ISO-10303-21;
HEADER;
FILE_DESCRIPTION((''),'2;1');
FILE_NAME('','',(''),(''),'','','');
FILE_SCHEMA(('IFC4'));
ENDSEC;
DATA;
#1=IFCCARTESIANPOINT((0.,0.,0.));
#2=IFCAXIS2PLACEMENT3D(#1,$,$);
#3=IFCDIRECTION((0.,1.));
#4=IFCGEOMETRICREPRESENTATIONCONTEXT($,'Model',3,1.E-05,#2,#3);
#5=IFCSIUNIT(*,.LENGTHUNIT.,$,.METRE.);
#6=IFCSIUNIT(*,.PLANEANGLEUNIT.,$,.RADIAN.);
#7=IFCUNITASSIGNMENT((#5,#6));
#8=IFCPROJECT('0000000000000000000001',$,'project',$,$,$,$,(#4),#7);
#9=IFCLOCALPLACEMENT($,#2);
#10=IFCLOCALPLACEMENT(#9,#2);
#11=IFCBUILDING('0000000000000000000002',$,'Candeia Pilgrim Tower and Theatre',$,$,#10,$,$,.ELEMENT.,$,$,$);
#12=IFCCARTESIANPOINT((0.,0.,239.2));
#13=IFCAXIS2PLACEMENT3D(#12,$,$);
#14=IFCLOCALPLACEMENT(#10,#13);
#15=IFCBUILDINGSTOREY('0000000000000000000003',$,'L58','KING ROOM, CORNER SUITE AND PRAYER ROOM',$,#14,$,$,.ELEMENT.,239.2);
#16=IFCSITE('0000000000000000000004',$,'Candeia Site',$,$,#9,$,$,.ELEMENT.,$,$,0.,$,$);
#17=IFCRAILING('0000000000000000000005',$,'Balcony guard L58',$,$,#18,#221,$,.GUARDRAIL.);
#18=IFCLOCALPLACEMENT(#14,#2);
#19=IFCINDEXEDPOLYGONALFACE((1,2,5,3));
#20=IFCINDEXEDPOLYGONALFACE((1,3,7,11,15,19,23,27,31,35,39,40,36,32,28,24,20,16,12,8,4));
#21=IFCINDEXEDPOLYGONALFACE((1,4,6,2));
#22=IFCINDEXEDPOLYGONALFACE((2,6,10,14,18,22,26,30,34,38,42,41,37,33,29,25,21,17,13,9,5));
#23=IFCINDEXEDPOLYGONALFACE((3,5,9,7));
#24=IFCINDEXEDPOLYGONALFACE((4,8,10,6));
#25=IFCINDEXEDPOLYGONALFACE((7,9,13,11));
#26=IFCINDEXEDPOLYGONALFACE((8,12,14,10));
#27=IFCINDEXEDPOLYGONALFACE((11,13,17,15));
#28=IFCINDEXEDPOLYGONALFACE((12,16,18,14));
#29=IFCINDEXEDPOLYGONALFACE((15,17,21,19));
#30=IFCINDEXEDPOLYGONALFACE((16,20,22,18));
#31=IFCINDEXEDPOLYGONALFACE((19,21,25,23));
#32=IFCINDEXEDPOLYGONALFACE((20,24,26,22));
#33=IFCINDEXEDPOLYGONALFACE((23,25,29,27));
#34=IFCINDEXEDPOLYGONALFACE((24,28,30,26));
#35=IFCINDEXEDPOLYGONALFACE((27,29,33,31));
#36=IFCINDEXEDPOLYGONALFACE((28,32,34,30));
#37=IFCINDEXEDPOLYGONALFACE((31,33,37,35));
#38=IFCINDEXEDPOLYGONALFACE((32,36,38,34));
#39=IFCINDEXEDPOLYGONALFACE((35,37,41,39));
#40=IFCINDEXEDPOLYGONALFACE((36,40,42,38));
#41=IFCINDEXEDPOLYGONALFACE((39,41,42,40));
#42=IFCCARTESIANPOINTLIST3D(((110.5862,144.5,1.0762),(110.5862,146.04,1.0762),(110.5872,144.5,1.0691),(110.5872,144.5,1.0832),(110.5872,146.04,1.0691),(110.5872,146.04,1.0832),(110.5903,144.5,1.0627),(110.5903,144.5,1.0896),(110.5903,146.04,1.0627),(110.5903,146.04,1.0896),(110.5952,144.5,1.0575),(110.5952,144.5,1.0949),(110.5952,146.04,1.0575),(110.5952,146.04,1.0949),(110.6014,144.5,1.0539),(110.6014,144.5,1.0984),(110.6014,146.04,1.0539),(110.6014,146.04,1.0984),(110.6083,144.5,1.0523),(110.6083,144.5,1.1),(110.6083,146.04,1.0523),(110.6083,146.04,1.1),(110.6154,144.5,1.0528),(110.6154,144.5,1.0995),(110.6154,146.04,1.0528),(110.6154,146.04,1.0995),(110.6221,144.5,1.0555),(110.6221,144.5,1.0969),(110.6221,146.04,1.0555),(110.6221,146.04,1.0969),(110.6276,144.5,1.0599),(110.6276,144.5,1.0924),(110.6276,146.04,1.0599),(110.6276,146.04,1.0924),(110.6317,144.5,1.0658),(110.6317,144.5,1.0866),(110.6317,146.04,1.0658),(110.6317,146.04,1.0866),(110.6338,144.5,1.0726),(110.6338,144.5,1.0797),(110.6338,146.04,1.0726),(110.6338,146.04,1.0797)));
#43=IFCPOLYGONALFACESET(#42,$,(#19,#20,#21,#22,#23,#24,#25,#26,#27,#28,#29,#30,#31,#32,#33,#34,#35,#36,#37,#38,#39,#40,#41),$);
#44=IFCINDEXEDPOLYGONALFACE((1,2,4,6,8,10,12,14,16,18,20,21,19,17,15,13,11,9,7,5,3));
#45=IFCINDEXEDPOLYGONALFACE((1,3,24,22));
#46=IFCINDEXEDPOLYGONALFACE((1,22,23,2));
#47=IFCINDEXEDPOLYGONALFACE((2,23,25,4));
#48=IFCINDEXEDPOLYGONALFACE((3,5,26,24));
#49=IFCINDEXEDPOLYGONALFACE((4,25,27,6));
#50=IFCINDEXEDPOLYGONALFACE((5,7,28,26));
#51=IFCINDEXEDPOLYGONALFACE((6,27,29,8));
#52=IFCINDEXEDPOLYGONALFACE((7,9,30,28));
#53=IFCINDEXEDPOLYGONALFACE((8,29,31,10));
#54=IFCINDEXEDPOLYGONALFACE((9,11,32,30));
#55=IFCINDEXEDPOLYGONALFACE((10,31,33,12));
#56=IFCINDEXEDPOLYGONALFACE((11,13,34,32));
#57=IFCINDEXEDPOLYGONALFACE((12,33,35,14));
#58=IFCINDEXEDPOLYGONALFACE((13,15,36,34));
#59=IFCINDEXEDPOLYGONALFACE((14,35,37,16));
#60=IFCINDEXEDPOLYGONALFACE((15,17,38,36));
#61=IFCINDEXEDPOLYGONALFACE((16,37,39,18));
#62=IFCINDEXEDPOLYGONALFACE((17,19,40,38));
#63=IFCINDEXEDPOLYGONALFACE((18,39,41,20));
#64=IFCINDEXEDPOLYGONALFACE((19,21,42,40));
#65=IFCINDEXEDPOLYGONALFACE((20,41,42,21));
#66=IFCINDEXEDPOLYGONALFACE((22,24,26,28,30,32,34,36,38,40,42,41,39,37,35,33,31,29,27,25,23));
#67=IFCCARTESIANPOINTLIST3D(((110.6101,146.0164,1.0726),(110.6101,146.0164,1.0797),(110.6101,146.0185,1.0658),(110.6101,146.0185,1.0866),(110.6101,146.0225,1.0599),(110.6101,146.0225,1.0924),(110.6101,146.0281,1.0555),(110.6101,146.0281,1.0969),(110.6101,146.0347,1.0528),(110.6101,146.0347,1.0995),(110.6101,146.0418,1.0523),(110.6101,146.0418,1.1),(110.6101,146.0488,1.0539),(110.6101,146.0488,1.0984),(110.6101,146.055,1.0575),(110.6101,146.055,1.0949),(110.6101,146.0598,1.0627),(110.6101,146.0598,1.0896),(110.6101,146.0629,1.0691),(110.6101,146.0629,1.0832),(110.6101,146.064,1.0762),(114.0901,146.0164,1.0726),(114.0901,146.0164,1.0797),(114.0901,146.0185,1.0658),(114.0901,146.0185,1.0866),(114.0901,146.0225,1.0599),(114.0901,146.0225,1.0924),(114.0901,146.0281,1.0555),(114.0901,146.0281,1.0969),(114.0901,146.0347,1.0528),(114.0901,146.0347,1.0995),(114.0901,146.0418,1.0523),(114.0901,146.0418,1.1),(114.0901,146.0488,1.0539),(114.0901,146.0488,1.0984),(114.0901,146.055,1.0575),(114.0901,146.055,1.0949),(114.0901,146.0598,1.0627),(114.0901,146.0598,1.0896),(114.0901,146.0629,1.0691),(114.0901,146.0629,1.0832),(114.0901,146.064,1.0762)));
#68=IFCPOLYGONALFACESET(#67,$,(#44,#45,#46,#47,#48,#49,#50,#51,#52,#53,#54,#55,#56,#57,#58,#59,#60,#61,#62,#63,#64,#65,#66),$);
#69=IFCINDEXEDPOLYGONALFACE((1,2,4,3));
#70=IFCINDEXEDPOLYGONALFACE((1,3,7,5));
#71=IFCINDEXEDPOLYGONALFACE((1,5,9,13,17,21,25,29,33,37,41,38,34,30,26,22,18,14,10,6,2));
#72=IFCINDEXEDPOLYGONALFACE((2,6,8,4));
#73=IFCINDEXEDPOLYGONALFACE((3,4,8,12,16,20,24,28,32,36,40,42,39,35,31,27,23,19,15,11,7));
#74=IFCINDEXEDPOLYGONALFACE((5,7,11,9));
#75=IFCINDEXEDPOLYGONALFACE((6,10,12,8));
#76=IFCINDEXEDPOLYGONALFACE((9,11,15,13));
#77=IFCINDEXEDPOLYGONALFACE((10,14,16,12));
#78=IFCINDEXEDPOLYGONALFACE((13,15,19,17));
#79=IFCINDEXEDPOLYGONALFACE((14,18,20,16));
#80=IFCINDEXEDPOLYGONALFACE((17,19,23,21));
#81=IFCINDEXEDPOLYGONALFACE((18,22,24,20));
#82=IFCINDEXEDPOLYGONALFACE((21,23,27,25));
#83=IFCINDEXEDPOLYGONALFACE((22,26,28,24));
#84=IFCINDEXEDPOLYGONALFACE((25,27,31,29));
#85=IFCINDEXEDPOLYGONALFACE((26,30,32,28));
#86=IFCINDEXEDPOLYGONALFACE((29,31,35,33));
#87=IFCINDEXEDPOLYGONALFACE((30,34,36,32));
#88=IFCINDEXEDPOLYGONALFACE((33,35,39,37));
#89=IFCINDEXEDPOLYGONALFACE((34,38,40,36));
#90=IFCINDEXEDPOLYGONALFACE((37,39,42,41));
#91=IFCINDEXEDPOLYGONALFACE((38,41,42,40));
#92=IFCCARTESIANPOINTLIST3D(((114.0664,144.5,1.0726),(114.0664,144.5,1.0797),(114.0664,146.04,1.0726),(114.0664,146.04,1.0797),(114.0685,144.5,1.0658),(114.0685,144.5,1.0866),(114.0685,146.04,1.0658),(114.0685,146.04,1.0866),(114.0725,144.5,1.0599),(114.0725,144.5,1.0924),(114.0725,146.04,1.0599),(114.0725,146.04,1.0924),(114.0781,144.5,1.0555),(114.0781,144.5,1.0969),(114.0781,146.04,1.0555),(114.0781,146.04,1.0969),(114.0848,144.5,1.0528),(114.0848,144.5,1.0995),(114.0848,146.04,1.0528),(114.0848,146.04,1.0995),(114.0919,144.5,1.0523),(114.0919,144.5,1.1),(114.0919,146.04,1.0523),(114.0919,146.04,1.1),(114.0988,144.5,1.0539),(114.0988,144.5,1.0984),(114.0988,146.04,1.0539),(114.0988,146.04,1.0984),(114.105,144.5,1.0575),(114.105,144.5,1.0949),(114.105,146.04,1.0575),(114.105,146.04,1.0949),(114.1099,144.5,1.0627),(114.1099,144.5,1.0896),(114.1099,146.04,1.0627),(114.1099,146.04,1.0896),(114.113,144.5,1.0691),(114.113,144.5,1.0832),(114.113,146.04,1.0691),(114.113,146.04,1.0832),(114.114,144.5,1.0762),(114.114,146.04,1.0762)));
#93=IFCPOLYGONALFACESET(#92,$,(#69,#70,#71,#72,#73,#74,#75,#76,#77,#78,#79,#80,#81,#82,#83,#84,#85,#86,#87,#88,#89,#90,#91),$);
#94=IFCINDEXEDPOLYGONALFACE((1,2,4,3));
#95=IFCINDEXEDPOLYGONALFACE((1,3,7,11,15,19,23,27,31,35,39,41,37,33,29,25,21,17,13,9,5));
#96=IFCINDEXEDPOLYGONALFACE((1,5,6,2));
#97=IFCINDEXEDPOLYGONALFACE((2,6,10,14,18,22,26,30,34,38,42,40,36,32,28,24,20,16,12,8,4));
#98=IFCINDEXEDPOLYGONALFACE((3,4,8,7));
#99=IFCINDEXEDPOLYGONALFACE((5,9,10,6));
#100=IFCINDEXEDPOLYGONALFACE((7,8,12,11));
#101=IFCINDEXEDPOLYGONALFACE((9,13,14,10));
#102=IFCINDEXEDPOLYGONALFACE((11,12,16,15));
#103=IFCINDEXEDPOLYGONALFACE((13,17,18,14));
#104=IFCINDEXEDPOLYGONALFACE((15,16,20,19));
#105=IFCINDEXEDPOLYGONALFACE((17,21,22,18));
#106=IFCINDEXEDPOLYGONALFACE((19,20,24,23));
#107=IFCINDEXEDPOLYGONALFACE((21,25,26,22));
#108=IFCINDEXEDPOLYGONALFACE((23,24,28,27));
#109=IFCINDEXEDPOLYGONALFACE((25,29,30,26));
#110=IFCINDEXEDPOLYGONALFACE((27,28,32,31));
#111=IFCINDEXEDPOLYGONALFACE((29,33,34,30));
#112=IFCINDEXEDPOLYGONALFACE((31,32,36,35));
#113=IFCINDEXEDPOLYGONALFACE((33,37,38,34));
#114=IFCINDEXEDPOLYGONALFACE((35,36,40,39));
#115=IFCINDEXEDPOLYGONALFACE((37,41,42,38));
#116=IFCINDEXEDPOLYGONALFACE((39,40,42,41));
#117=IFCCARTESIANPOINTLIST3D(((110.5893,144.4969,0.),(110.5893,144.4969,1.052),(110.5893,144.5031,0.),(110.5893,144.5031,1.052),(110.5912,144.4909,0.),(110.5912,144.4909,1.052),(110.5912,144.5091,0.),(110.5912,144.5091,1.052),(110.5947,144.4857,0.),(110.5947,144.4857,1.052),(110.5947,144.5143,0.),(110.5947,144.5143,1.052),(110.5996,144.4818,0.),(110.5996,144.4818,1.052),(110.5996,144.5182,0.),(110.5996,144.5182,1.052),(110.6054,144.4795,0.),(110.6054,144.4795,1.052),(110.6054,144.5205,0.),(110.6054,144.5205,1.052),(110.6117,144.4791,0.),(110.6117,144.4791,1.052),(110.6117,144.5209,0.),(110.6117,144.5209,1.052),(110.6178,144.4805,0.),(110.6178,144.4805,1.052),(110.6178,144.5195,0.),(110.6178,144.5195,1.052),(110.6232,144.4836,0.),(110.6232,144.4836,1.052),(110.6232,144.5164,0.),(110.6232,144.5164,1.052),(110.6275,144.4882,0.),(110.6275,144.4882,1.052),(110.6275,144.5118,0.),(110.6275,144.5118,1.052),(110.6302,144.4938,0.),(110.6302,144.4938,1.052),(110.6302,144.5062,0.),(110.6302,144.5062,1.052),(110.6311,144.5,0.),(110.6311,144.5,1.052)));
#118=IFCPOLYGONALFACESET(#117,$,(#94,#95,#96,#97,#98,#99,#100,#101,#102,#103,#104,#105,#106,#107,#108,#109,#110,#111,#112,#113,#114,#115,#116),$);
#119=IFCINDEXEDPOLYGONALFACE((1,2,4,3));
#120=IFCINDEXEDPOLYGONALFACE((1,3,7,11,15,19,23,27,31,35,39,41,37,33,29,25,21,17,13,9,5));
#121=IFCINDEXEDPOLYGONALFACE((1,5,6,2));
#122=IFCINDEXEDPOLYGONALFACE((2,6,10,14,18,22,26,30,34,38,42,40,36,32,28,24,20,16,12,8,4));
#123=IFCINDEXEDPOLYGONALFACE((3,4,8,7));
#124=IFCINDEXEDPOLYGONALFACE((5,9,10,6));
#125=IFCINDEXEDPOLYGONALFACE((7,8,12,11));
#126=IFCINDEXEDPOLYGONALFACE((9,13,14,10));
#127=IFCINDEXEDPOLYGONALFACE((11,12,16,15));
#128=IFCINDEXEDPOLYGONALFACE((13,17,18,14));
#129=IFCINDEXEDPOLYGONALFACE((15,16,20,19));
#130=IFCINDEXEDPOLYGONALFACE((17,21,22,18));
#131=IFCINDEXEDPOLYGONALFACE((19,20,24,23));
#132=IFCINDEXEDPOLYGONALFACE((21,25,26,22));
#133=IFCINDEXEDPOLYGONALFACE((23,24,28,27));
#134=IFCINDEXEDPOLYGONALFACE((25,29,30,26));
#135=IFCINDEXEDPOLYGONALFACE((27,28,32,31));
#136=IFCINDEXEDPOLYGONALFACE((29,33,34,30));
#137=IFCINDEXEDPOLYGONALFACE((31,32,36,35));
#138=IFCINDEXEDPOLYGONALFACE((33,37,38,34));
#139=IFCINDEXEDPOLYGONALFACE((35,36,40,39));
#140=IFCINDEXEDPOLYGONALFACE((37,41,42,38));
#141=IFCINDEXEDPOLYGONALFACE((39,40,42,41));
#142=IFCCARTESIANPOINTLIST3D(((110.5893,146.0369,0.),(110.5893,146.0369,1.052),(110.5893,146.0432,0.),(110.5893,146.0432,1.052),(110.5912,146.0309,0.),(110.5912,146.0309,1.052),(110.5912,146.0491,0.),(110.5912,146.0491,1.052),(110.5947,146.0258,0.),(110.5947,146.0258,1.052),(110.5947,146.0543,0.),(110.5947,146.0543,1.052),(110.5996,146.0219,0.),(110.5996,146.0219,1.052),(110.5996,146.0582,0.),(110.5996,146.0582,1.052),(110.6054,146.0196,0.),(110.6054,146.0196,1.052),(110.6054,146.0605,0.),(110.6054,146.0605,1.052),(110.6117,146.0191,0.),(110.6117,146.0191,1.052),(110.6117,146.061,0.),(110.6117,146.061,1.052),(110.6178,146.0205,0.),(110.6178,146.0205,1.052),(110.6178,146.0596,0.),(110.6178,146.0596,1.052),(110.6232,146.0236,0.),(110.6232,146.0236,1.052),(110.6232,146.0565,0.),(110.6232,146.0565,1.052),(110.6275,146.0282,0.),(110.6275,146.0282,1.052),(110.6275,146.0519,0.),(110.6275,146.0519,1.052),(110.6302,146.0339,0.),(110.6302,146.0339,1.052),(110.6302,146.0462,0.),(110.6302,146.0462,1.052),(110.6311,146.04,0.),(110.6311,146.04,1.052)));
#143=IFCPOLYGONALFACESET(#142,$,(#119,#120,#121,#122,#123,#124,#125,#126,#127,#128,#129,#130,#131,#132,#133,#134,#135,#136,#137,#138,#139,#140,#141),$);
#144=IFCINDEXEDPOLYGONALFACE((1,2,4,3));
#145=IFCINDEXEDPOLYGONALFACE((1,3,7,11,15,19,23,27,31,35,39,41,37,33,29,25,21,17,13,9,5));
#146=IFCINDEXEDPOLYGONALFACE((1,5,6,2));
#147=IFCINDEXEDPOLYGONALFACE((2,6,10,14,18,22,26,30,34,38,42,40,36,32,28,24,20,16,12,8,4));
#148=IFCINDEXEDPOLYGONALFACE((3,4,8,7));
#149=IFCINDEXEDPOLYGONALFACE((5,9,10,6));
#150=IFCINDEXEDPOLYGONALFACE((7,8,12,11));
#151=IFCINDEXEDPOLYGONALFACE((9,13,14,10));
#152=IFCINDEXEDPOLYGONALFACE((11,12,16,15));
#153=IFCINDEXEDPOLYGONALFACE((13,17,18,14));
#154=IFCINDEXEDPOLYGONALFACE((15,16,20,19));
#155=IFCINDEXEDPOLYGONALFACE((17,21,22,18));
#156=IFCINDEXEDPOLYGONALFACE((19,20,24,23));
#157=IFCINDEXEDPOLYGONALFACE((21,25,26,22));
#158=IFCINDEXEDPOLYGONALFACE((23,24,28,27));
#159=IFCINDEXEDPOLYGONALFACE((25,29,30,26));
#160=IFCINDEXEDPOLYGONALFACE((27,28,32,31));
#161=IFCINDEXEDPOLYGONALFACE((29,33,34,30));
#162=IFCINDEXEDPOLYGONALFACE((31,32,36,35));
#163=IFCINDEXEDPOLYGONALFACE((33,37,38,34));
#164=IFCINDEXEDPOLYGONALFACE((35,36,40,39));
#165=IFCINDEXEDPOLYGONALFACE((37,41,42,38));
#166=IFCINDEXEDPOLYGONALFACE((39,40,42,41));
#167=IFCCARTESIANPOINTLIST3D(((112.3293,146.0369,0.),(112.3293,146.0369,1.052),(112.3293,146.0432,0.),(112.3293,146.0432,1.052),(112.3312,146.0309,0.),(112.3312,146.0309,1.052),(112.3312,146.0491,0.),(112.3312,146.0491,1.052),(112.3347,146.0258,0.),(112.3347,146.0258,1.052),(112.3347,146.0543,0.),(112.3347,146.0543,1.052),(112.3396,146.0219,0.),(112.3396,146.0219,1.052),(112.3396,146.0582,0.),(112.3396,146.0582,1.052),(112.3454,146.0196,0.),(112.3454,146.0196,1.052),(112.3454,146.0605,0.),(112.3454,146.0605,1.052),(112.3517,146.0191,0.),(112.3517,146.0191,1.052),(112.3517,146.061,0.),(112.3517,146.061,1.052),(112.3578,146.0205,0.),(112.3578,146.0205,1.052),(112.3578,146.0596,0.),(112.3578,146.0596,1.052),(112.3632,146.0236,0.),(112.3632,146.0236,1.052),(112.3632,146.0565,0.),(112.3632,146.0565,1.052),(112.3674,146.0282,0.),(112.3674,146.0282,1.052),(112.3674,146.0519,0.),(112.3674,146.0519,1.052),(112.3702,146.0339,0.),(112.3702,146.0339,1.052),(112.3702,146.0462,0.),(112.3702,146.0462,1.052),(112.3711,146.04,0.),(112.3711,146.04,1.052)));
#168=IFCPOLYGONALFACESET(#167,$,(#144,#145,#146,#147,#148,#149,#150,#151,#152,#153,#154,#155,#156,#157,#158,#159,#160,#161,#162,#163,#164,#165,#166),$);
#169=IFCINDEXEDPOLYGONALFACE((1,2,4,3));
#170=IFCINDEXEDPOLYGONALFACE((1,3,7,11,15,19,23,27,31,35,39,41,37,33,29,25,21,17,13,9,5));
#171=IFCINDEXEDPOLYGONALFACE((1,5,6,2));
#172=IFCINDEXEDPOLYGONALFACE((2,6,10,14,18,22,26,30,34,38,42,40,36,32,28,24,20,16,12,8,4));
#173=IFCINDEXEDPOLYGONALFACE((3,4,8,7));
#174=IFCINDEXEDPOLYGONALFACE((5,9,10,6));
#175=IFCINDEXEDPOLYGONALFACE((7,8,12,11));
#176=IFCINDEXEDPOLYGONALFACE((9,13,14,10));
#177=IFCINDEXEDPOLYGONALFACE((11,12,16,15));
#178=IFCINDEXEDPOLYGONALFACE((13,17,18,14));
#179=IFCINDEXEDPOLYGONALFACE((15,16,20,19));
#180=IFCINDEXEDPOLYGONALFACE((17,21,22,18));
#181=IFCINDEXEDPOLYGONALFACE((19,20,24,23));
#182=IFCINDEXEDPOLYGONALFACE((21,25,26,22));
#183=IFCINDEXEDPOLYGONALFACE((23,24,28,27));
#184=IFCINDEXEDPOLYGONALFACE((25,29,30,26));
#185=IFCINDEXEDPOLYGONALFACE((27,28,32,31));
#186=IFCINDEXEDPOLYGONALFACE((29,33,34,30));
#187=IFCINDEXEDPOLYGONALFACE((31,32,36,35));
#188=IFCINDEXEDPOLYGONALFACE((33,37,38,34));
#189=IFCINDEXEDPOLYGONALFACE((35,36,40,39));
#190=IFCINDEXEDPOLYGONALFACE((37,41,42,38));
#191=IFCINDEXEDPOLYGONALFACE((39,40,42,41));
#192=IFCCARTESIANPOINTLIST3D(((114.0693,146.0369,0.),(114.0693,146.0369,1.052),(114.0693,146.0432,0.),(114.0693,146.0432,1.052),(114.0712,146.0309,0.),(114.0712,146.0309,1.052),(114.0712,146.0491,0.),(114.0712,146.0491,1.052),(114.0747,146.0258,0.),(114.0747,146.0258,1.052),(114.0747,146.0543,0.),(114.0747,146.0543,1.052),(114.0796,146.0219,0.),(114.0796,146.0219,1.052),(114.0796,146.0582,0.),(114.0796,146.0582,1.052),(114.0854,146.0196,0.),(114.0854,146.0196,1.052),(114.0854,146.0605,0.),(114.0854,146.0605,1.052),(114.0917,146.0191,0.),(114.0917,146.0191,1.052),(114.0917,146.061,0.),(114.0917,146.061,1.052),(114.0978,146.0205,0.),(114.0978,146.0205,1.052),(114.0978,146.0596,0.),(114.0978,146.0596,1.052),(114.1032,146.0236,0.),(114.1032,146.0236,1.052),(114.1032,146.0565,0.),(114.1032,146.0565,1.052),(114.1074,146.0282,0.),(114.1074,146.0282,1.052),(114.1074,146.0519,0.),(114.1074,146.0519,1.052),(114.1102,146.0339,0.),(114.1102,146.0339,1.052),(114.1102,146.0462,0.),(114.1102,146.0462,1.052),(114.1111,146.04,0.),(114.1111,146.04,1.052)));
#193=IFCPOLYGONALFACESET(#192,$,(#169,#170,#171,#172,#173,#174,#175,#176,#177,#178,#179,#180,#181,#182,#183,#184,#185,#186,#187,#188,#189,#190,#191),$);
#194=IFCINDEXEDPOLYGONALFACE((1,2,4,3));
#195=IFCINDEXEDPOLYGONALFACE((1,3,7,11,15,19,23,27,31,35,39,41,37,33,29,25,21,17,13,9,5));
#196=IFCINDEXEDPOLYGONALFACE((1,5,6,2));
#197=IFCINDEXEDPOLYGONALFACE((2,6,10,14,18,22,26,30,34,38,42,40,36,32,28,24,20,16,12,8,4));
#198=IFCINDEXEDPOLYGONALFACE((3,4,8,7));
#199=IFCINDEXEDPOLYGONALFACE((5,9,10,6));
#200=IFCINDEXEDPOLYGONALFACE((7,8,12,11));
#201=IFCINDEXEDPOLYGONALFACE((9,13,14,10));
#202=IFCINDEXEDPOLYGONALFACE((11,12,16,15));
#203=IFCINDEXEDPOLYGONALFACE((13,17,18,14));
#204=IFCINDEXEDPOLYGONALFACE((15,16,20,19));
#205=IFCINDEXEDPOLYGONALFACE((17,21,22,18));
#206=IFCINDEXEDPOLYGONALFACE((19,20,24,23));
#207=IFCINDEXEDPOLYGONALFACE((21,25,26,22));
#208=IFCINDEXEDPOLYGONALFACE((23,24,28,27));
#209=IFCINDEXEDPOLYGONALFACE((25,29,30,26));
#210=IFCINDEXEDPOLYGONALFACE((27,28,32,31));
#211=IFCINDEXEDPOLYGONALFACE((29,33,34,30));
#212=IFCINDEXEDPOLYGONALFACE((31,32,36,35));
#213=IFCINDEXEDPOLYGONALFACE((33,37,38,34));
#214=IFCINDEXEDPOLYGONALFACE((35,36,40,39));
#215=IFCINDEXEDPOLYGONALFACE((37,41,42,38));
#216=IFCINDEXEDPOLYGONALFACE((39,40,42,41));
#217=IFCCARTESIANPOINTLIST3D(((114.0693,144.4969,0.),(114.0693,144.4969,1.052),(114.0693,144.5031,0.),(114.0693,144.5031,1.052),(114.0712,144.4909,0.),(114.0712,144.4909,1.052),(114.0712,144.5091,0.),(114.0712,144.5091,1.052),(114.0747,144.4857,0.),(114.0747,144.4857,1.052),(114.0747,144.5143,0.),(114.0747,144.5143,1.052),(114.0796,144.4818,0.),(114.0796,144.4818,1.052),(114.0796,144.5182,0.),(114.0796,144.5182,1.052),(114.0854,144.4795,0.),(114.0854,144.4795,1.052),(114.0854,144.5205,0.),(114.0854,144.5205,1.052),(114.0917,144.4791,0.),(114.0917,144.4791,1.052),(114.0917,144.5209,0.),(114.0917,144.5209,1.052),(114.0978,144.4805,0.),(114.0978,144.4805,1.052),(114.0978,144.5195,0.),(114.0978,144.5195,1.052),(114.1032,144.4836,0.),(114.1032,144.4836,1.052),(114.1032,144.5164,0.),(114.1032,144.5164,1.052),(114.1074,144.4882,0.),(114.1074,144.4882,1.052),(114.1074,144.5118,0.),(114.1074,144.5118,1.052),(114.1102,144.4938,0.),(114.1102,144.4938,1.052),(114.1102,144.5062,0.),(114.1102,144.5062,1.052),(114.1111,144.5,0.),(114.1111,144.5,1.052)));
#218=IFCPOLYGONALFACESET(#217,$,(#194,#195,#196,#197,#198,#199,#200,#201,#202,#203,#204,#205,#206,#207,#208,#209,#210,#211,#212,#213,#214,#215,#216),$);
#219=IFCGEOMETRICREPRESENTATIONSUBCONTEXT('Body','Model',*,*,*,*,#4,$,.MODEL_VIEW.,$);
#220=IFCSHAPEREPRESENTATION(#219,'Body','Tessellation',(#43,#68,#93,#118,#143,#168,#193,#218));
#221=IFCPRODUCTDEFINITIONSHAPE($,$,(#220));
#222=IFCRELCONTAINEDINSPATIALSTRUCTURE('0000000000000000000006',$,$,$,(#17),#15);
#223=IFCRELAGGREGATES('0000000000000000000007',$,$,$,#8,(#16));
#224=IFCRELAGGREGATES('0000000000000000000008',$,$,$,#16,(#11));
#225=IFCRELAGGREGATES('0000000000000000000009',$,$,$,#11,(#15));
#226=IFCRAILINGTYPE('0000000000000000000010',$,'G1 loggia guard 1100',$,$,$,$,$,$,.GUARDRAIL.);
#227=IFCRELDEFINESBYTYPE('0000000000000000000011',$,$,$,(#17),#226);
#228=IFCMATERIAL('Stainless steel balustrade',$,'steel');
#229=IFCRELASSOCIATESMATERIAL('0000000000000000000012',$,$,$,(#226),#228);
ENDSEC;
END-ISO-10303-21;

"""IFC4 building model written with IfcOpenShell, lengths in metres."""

from ifc_helpers import new_model, si_unit, direction, frame, origin, origin_2d, place, context, subcontext, project, spatial, circle, extrude, material, type_object, element, save


model = new_model("IFC4")

# Units and contexts
model_context = context("Model", 3, precision=1e-05, world=origin(), true_north=direction((0.0, 1.0)))
body_context = subcontext(model_context, "Body", "Model", "MODEL_VIEW")
ifc_project = project(units=[si_unit("LENGTHUNIT", "METRE"), si_unit("PLANEANGLEUNIT", "RADIAN")], contexts=[model_context])

# Site, building, storey
site_placement = place(None, origin())
site = spatial("IfcSite", under=ifc_project, at=site_placement, Name="Candeia Site", CompositionType="ELEMENT", RefElevation=0.0)
building_placement = place(site_placement, origin())
building = spatial("IfcBuilding", under=site, at=building_placement, Name="Candeia Pilgrim Tower and Theatre", CompositionType="ELEMENT")
storey_placement = place(building_placement, frame((0.0, 0.0, 239.2)))
storey = spatial("IfcBuildingStorey", under=building, at=storey_placement, Name="L58", Description="KING ROOM, CORNER SUITE AND PRAYER ROOM", CompositionType="ELEMENT", Elevation=239.2)

# Railing
ifc_material_1 = material(Name="Stainless steel balustrade", Category="steel")
railing_type = type_object("IfcRailingType", Name="G1 loggia guard 1100", PredefinedType="GUARDRAIL", material=ifc_material_1)
railing_placement = place(storey_placement, frame((110.6101, 144.5, 0.0)))
element("IfcRailing", 1, at=railing_placement, inside=storey, type_object=railing_type, Name="Balcony guard L58", PredefinedType="GUARDRAIL", context=body_context, shape_type="SweptSolid", body=[
    extrude(circle(Radius=0.0239, at=origin_2d()), frame((0.0, 0.0, 1.0762), z_axis=(0.0, 1.0, 0.0), x_axis=(-1.0, 0.0, 0.0)), (0.0, 0.0, 1.0), 1.54),
    extrude(circle(Radius=0.0239, at=origin_2d()), frame((0.0, 1.54, 1.0762), z_axis=(1.0, 0.0, 0.0), x_axis=(0.0, 1.0, 0.0)), (0.0, 0.0, 1.0), 3.48),
    extrude(circle(Radius=0.0239, at=origin_2d()), frame((3.48, 1.54, 1.0762), z_axis=(0.0, -1.0, 0.0), x_axis=(1.0, 0.0, 0.0)), (0.0, 0.0, 1.0), 1.54),
    extrude(circle(Radius=0.021, at=origin_2d()), origin(), (0.0, 0.0, 1.0), 1.052),
    extrude(circle(Radius=0.021, at=origin_2d()), frame((0.0, 1.54, 0.0)), (0.0, 0.0, 1.0), 1.052),
    extrude(circle(Radius=0.021, at=origin_2d()), frame((1.74, 1.54, 0.0)), (0.0, 0.0, 1.0), 1.052),
    extrude(circle(Radius=0.021, at=origin_2d()), frame((3.48, 1.54, 0.0)), (0.0, 0.0, 1.0), 1.052),
    extrude(circle(Radius=0.021, at=origin_2d()), frame((3.48, 0.0, 0.0)), (0.0, 0.0, 1.0), 1.052),
])

save(model, "model.ifc")
